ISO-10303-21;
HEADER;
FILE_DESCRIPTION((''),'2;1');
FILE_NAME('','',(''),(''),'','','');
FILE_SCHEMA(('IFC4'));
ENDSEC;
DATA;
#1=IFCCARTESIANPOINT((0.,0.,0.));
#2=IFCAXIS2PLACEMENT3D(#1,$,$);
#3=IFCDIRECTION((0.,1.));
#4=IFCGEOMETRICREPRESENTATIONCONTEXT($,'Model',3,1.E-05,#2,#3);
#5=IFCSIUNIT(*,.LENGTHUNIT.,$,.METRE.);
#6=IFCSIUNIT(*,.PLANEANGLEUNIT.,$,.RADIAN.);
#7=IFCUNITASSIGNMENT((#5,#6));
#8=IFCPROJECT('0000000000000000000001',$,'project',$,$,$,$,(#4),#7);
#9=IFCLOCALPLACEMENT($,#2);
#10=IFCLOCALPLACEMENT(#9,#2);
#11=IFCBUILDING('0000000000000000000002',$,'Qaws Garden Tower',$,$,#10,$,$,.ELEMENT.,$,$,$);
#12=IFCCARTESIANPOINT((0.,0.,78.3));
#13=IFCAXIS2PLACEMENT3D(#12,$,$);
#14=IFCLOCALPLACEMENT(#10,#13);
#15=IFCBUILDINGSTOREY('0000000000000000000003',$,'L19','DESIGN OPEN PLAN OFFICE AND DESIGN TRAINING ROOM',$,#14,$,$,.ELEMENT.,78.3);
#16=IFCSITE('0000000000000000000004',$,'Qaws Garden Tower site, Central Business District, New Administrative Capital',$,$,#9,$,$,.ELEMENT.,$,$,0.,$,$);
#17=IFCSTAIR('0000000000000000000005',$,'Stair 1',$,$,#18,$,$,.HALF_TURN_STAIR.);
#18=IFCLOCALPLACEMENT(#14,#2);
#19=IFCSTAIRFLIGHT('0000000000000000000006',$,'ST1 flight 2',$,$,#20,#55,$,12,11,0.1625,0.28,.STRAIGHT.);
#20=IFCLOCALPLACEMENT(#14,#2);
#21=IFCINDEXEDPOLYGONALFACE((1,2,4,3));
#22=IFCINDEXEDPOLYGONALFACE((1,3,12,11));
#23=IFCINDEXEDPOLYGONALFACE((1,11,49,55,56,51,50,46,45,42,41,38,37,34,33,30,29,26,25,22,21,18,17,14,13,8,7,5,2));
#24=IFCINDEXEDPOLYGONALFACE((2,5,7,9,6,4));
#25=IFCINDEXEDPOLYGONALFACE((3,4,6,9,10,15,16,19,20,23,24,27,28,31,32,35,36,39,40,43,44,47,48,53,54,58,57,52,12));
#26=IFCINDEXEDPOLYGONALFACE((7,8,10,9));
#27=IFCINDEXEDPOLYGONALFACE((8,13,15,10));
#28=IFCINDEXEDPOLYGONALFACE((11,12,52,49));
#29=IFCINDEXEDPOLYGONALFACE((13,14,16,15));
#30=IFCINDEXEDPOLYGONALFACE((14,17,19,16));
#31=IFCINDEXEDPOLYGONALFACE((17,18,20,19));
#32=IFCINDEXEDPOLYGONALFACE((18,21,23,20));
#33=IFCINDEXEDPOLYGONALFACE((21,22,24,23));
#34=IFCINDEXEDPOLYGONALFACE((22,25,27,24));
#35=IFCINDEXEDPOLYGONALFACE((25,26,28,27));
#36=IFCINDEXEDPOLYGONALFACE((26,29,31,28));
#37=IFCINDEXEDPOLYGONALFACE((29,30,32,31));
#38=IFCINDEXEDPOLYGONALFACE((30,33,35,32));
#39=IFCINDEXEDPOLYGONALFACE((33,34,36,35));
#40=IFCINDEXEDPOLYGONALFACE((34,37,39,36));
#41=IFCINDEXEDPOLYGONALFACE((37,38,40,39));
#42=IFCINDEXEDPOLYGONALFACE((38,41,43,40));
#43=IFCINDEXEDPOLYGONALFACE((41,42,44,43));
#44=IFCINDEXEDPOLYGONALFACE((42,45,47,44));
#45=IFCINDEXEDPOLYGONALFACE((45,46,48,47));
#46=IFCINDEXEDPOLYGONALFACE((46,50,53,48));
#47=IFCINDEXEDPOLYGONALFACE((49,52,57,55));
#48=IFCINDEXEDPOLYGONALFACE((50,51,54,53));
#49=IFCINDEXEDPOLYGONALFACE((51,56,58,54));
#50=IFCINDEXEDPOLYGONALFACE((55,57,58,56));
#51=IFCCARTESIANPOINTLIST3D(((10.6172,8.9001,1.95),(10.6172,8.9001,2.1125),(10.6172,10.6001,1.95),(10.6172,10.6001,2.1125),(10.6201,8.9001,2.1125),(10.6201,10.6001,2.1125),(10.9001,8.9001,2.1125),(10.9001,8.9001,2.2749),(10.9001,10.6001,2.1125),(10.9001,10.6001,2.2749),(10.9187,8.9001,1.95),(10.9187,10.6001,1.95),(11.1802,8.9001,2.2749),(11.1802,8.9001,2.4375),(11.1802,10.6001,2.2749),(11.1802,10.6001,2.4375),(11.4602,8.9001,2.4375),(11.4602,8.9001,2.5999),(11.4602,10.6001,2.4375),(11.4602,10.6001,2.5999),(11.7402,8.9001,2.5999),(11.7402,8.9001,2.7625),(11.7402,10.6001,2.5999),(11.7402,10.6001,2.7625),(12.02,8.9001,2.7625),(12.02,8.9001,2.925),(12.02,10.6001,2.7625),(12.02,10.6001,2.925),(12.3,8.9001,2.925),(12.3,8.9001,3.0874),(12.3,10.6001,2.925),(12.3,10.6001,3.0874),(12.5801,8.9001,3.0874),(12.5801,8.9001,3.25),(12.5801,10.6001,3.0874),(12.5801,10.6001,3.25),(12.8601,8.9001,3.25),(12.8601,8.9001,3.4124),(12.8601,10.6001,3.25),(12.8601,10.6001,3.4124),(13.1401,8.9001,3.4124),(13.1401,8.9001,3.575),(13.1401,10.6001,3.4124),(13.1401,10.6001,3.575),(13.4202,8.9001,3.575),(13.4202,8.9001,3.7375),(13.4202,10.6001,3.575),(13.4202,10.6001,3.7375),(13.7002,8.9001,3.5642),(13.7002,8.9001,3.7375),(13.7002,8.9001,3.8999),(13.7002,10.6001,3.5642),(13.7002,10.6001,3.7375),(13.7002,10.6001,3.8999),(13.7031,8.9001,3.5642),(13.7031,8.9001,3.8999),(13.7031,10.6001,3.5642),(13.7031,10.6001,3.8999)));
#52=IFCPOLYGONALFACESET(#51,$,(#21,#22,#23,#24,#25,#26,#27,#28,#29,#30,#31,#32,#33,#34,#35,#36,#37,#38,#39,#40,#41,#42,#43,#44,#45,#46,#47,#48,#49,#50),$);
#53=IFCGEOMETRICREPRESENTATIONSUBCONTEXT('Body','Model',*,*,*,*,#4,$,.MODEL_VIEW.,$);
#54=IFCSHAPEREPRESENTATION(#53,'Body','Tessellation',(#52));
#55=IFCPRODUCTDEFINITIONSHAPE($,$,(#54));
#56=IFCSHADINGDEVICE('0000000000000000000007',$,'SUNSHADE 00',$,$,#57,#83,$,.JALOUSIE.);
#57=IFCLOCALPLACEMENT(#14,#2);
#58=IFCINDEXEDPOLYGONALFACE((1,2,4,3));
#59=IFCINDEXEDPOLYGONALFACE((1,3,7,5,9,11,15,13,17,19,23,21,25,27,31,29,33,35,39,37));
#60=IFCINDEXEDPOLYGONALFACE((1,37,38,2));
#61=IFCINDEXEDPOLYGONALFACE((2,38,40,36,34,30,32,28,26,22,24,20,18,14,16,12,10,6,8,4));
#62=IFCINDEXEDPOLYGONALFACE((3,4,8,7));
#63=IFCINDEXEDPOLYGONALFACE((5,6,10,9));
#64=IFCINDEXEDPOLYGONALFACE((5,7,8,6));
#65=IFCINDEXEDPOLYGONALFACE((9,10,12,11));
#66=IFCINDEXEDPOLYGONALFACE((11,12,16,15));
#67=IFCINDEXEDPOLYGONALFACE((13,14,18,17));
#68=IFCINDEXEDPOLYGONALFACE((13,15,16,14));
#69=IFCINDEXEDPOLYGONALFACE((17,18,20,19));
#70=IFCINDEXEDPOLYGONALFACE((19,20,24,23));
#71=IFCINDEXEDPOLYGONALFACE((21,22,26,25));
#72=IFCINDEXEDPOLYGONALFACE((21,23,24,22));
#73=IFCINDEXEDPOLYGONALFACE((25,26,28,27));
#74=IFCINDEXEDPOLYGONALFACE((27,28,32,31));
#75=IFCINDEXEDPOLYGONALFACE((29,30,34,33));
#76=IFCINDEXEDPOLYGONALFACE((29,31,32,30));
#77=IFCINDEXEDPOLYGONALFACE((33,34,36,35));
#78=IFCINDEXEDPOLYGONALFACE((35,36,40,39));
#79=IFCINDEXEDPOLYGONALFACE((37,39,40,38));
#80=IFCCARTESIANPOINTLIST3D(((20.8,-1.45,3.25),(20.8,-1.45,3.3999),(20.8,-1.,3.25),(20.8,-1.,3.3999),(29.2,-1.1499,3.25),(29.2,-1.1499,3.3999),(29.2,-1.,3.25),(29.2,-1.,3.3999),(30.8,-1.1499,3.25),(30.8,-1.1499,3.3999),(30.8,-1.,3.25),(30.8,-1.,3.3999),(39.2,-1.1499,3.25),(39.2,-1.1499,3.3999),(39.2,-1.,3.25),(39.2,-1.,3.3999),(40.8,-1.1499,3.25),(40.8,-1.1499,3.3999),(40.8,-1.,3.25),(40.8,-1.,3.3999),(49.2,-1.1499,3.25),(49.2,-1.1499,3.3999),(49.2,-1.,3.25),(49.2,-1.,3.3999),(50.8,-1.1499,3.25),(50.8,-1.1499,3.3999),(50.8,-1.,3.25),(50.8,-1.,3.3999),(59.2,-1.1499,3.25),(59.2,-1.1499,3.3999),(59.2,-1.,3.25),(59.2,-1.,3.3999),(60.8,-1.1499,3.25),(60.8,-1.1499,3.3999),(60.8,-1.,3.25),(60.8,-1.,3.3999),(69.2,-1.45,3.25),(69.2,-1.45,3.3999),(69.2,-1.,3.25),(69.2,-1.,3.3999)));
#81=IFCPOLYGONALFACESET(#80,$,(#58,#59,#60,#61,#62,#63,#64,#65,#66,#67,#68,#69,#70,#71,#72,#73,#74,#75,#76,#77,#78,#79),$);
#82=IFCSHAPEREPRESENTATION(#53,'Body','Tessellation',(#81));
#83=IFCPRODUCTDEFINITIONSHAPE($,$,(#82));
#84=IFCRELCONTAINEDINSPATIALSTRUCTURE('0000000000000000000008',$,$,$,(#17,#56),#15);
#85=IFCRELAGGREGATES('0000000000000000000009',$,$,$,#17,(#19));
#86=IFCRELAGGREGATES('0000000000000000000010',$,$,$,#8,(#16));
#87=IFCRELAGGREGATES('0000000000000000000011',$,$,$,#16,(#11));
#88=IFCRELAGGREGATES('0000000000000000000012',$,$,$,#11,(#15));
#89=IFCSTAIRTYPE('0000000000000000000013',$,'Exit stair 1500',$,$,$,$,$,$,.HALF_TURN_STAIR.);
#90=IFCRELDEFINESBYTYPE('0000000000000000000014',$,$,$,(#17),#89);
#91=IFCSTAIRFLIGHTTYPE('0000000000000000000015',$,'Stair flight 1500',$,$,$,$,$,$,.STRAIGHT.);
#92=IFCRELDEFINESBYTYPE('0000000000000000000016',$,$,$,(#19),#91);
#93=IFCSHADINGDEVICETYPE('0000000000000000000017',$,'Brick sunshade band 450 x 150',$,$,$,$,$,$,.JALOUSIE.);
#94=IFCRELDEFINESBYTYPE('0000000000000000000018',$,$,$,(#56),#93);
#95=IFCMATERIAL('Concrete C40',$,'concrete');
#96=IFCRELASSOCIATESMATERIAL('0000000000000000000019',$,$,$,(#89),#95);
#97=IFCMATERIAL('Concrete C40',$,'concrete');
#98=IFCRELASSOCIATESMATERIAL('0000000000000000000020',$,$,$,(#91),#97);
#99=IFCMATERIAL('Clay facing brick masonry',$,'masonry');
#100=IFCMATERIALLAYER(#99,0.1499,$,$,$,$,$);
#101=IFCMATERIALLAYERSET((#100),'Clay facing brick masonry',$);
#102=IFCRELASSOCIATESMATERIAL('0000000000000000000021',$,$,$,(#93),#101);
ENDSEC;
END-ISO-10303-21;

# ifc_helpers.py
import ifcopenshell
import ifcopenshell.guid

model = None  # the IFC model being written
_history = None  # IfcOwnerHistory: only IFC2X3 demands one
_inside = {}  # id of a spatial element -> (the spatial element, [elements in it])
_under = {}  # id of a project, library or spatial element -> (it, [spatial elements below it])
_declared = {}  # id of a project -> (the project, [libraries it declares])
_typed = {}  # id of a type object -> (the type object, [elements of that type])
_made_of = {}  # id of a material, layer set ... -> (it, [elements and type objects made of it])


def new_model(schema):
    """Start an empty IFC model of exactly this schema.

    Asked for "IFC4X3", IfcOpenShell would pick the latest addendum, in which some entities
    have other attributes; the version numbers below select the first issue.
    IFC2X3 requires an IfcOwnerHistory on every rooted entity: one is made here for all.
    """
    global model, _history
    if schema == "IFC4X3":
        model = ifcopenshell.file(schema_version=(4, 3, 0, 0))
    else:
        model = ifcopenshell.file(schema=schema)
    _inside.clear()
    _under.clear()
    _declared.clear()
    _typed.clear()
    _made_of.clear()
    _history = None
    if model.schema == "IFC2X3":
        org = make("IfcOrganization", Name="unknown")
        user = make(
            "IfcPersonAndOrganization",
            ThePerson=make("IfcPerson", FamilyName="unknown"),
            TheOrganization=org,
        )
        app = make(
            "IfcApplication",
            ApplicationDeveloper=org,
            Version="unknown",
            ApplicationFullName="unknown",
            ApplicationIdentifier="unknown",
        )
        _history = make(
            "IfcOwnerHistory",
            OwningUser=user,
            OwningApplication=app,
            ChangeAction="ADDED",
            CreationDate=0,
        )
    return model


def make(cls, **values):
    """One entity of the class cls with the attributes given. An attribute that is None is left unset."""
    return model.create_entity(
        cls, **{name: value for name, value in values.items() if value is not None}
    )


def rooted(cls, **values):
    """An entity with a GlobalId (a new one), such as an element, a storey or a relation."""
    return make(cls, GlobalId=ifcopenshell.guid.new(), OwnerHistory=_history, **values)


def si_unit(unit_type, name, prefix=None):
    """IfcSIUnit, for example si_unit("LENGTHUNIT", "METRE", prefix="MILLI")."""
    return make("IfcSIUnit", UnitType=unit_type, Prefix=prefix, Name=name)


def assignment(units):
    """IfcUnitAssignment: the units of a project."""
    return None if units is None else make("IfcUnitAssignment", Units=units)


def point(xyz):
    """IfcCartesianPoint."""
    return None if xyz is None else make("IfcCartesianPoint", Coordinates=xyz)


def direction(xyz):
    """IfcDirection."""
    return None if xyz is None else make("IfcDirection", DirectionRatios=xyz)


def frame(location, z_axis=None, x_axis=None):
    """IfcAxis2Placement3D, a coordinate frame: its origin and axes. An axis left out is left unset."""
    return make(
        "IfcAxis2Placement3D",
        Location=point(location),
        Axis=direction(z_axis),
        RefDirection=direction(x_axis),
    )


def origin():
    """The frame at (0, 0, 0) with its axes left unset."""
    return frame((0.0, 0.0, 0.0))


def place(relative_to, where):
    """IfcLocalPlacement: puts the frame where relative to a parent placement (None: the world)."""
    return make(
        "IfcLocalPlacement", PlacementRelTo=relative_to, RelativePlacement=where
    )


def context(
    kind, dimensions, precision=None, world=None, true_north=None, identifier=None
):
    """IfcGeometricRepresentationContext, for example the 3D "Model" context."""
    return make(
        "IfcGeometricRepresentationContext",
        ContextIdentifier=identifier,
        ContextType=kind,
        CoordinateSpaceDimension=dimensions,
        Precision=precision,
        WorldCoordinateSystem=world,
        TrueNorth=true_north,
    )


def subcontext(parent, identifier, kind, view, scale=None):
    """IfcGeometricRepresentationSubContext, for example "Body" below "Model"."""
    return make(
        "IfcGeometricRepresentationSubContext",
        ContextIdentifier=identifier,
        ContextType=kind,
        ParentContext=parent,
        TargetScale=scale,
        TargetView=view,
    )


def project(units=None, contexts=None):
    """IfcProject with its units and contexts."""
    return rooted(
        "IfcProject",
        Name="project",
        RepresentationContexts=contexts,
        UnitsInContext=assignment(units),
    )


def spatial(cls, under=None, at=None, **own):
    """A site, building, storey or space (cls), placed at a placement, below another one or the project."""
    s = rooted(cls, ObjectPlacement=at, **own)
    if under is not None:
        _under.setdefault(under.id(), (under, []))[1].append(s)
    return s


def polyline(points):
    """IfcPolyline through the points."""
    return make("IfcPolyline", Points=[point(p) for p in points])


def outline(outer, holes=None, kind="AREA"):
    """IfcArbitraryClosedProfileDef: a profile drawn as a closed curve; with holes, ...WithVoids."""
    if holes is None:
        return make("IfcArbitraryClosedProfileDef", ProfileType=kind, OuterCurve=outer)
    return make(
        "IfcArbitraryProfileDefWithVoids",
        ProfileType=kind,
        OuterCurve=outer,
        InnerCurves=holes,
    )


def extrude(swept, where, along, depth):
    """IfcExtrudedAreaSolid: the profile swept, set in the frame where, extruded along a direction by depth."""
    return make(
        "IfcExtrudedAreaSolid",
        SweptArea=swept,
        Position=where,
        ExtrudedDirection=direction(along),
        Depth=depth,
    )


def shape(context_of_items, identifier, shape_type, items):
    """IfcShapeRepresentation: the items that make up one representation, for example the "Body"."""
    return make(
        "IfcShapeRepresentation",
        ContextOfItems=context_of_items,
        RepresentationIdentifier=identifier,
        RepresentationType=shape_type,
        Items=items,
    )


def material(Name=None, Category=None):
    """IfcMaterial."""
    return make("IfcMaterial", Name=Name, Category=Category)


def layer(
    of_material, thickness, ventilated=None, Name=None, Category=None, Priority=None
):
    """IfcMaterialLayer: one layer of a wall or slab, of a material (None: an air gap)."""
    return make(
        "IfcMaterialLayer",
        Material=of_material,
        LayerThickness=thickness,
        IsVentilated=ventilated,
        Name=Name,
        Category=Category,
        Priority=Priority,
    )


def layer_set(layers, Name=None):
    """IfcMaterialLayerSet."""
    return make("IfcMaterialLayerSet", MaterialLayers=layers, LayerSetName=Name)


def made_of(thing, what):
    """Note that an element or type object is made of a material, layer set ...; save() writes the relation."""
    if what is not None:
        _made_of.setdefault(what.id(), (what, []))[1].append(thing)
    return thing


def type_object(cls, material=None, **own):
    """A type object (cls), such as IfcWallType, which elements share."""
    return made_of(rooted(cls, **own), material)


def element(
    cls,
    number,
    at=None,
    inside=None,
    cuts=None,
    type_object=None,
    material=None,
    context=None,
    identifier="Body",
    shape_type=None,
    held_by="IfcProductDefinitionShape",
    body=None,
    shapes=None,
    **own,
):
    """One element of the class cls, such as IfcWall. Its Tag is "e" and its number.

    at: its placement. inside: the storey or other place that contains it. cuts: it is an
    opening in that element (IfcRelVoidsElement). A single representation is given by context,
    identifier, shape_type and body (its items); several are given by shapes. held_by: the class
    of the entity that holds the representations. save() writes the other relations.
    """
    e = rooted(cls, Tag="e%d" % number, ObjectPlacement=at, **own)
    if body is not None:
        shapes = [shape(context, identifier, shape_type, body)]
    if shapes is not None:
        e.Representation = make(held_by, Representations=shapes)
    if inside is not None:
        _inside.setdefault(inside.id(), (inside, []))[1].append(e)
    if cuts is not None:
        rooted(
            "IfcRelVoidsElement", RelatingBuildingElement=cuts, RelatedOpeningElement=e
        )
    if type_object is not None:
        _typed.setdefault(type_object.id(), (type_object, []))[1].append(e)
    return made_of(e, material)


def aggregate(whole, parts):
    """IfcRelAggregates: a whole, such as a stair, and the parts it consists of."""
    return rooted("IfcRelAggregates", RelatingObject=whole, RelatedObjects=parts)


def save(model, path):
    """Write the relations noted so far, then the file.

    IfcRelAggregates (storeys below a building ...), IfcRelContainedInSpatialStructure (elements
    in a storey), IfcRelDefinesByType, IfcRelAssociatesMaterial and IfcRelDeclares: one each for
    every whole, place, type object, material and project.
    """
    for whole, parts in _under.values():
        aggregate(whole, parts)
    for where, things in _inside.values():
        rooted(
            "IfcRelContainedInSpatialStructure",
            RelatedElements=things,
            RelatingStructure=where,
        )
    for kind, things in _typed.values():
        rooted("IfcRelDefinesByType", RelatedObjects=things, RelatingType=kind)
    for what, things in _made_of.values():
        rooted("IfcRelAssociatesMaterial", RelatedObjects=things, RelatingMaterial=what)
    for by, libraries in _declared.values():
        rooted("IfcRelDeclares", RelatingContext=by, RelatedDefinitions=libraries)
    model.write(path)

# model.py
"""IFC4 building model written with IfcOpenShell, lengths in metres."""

from ifc_helpers import new_model, si_unit, direction, frame, origin, place, context, subcontext, project, spatial, polyline, outline, extrude, material, layer, layer_set, type_object, element, aggregate, save


model = new_model("IFC4")

# Units and contexts
model_context = context("Model", 3, precision=1e-05, world=origin(), true_north=direction((0.0, 1.0)))
body_context = subcontext(model_context, "Body", "Model", "MODEL_VIEW")
ifc_project = project(units=[si_unit("LENGTHUNIT", "METRE"), si_unit("PLANEANGLEUNIT", "RADIAN")], contexts=[model_context])

# Site, building, storey
site_placement = place(None, origin())
site = spatial("IfcSite", under=ifc_project, at=site_placement, Name="Qaws Garden Tower site, Central Business District, New Administrative Capital", CompositionType="ELEMENT", RefElevation=0.0)
building_placement = place(site_placement, origin())
building = spatial("IfcBuilding", under=site, at=building_placement, Name="Qaws Garden Tower", CompositionType="ELEMENT")
storey_placement = place(building_placement, frame((0.0, 0.0, 78.3)))
storey = spatial("IfcBuildingStorey", under=building, at=storey_placement, Name="L19", Description="DESIGN OPEN PLAN OFFICE AND DESIGN TRAINING ROOM", CompositionType="ELEMENT", Elevation=78.3)

# Stair
ifc_material_1 = material(Name="Concrete C40", Category="concrete")
stair_type_1 = type_object("IfcStairType", Name="Exit stair 1500", PredefinedType="HALF_TURN_STAIR", material=ifc_material_1)
placement_1 = place(storey_placement, origin())
stair_1 = element("IfcStair", 1, at=placement_1, inside=storey, type_object=stair_type_1, Name="Stair 1", PredefinedType="HALF_TURN_STAIR")

# Stair flight
ifc_material_2 = material(Name="Concrete C40", Category="concrete")
stair_flight_type = type_object("IfcStairFlightType", Name="Stair flight 1500", PredefinedType="STRAIGHT", material=ifc_material_2)
stair_flight_placement = place(storey_placement, frame((10.6201, 9.75, 1.95), z_axis=(0.0, 0.0, 1.0), x_axis=(1.0, 0.0, 0.0)))
stair_flight = element("IfcStairFlight", 2, at=stair_flight_placement, type_object=stair_flight_type, Name="ST1 flight 2", NumberOfRisers=12, NumberOfTreads=11, PredefinedType="STRAIGHT", RiserHeight=0.1625, TreadLength=0.28, context=body_context, shape_type="SweptSolid", body=[
    extrude(outline(polyline([(-0.0029, 0.0), (-0.0029, 0.1626), (0.0, 0.1626), (0.28, 0.1626), (0.28, 0.325), (0.5601, 0.325), (0.5601, 0.4875), (0.8401, 0.4875), (0.8401, 0.6499), (1.1201, 0.6499), (1.1201, 0.8125), (1.3999, 0.8125), (1.3999, 0.9751), (1.6799, 0.9751), (1.6799, 1.1375), (1.96, 1.1375), (1.96, 1.3), (2.24, 1.3), (2.24, 1.4624), (2.52, 1.4624), (2.52, 1.625), (2.8, 1.625), (2.8, 1.7876), (3.0801, 1.7876), (3.0801, 1.95), (3.083, 1.95), (3.083, 1.6143), (3.0801, 1.6143), (0.2986, 0.0), (-0.0029, 0.0)])), frame((0.0, 0.8501, 0.0), z_axis=(0.0, -1.0, 0.0), x_axis=(1.0, 0.0, 0.0)), (0.0, 0.0, 1.0), 1.7),
])
aggregate(stair_1, [stair_flight])

# Shading device
ifc_material_3 = material(Name="Clay facing brick masonry", Category="masonry")
ifc_layer_1 = layer(ifc_material_3, 0.1499)
ifc_layer_set_1 = layer_set([ifc_layer_1], Name="Clay facing brick masonry")
shading_device_type = type_object("IfcShadingDeviceType", Name="Brick sunshade band 450 x 150", PredefinedType="JALOUSIE", material=ifc_layer_set_1)
shading_device_placement = place(storey_placement, frame((0.0, 0.0, 3.25)))
element("IfcShadingDevice", 3, at=shading_device_placement, inside=storey, type_object=shading_device_type, Name="SUNSHADE 00", PredefinedType="JALOUSIE", context=body_context, shape_type="SweptSolid", body=[
    extrude(outline(polyline([(20.8, -1.0), (20.8, -1.45), (69.2, -1.45), (69.2, -1.0), (60.8, -1.0), (60.8, -1.1499), (59.2, -1.1499), (59.2, -1.0), (50.8, -1.0), (50.8, -1.1499), (49.2, -1.1499), (49.2, -1.0), (40.8, -1.0), (40.8, -1.1499), (39.2, -1.1499), (39.2, -1.0), (30.8, -1.0), (30.8, -1.1499), (29.2, -1.1499), (29.2, -1.0), (20.8, -1.0)])), origin(), (0.0, 0.0, 1.0), 0.1499),
])

save(model, "model.ifc")
